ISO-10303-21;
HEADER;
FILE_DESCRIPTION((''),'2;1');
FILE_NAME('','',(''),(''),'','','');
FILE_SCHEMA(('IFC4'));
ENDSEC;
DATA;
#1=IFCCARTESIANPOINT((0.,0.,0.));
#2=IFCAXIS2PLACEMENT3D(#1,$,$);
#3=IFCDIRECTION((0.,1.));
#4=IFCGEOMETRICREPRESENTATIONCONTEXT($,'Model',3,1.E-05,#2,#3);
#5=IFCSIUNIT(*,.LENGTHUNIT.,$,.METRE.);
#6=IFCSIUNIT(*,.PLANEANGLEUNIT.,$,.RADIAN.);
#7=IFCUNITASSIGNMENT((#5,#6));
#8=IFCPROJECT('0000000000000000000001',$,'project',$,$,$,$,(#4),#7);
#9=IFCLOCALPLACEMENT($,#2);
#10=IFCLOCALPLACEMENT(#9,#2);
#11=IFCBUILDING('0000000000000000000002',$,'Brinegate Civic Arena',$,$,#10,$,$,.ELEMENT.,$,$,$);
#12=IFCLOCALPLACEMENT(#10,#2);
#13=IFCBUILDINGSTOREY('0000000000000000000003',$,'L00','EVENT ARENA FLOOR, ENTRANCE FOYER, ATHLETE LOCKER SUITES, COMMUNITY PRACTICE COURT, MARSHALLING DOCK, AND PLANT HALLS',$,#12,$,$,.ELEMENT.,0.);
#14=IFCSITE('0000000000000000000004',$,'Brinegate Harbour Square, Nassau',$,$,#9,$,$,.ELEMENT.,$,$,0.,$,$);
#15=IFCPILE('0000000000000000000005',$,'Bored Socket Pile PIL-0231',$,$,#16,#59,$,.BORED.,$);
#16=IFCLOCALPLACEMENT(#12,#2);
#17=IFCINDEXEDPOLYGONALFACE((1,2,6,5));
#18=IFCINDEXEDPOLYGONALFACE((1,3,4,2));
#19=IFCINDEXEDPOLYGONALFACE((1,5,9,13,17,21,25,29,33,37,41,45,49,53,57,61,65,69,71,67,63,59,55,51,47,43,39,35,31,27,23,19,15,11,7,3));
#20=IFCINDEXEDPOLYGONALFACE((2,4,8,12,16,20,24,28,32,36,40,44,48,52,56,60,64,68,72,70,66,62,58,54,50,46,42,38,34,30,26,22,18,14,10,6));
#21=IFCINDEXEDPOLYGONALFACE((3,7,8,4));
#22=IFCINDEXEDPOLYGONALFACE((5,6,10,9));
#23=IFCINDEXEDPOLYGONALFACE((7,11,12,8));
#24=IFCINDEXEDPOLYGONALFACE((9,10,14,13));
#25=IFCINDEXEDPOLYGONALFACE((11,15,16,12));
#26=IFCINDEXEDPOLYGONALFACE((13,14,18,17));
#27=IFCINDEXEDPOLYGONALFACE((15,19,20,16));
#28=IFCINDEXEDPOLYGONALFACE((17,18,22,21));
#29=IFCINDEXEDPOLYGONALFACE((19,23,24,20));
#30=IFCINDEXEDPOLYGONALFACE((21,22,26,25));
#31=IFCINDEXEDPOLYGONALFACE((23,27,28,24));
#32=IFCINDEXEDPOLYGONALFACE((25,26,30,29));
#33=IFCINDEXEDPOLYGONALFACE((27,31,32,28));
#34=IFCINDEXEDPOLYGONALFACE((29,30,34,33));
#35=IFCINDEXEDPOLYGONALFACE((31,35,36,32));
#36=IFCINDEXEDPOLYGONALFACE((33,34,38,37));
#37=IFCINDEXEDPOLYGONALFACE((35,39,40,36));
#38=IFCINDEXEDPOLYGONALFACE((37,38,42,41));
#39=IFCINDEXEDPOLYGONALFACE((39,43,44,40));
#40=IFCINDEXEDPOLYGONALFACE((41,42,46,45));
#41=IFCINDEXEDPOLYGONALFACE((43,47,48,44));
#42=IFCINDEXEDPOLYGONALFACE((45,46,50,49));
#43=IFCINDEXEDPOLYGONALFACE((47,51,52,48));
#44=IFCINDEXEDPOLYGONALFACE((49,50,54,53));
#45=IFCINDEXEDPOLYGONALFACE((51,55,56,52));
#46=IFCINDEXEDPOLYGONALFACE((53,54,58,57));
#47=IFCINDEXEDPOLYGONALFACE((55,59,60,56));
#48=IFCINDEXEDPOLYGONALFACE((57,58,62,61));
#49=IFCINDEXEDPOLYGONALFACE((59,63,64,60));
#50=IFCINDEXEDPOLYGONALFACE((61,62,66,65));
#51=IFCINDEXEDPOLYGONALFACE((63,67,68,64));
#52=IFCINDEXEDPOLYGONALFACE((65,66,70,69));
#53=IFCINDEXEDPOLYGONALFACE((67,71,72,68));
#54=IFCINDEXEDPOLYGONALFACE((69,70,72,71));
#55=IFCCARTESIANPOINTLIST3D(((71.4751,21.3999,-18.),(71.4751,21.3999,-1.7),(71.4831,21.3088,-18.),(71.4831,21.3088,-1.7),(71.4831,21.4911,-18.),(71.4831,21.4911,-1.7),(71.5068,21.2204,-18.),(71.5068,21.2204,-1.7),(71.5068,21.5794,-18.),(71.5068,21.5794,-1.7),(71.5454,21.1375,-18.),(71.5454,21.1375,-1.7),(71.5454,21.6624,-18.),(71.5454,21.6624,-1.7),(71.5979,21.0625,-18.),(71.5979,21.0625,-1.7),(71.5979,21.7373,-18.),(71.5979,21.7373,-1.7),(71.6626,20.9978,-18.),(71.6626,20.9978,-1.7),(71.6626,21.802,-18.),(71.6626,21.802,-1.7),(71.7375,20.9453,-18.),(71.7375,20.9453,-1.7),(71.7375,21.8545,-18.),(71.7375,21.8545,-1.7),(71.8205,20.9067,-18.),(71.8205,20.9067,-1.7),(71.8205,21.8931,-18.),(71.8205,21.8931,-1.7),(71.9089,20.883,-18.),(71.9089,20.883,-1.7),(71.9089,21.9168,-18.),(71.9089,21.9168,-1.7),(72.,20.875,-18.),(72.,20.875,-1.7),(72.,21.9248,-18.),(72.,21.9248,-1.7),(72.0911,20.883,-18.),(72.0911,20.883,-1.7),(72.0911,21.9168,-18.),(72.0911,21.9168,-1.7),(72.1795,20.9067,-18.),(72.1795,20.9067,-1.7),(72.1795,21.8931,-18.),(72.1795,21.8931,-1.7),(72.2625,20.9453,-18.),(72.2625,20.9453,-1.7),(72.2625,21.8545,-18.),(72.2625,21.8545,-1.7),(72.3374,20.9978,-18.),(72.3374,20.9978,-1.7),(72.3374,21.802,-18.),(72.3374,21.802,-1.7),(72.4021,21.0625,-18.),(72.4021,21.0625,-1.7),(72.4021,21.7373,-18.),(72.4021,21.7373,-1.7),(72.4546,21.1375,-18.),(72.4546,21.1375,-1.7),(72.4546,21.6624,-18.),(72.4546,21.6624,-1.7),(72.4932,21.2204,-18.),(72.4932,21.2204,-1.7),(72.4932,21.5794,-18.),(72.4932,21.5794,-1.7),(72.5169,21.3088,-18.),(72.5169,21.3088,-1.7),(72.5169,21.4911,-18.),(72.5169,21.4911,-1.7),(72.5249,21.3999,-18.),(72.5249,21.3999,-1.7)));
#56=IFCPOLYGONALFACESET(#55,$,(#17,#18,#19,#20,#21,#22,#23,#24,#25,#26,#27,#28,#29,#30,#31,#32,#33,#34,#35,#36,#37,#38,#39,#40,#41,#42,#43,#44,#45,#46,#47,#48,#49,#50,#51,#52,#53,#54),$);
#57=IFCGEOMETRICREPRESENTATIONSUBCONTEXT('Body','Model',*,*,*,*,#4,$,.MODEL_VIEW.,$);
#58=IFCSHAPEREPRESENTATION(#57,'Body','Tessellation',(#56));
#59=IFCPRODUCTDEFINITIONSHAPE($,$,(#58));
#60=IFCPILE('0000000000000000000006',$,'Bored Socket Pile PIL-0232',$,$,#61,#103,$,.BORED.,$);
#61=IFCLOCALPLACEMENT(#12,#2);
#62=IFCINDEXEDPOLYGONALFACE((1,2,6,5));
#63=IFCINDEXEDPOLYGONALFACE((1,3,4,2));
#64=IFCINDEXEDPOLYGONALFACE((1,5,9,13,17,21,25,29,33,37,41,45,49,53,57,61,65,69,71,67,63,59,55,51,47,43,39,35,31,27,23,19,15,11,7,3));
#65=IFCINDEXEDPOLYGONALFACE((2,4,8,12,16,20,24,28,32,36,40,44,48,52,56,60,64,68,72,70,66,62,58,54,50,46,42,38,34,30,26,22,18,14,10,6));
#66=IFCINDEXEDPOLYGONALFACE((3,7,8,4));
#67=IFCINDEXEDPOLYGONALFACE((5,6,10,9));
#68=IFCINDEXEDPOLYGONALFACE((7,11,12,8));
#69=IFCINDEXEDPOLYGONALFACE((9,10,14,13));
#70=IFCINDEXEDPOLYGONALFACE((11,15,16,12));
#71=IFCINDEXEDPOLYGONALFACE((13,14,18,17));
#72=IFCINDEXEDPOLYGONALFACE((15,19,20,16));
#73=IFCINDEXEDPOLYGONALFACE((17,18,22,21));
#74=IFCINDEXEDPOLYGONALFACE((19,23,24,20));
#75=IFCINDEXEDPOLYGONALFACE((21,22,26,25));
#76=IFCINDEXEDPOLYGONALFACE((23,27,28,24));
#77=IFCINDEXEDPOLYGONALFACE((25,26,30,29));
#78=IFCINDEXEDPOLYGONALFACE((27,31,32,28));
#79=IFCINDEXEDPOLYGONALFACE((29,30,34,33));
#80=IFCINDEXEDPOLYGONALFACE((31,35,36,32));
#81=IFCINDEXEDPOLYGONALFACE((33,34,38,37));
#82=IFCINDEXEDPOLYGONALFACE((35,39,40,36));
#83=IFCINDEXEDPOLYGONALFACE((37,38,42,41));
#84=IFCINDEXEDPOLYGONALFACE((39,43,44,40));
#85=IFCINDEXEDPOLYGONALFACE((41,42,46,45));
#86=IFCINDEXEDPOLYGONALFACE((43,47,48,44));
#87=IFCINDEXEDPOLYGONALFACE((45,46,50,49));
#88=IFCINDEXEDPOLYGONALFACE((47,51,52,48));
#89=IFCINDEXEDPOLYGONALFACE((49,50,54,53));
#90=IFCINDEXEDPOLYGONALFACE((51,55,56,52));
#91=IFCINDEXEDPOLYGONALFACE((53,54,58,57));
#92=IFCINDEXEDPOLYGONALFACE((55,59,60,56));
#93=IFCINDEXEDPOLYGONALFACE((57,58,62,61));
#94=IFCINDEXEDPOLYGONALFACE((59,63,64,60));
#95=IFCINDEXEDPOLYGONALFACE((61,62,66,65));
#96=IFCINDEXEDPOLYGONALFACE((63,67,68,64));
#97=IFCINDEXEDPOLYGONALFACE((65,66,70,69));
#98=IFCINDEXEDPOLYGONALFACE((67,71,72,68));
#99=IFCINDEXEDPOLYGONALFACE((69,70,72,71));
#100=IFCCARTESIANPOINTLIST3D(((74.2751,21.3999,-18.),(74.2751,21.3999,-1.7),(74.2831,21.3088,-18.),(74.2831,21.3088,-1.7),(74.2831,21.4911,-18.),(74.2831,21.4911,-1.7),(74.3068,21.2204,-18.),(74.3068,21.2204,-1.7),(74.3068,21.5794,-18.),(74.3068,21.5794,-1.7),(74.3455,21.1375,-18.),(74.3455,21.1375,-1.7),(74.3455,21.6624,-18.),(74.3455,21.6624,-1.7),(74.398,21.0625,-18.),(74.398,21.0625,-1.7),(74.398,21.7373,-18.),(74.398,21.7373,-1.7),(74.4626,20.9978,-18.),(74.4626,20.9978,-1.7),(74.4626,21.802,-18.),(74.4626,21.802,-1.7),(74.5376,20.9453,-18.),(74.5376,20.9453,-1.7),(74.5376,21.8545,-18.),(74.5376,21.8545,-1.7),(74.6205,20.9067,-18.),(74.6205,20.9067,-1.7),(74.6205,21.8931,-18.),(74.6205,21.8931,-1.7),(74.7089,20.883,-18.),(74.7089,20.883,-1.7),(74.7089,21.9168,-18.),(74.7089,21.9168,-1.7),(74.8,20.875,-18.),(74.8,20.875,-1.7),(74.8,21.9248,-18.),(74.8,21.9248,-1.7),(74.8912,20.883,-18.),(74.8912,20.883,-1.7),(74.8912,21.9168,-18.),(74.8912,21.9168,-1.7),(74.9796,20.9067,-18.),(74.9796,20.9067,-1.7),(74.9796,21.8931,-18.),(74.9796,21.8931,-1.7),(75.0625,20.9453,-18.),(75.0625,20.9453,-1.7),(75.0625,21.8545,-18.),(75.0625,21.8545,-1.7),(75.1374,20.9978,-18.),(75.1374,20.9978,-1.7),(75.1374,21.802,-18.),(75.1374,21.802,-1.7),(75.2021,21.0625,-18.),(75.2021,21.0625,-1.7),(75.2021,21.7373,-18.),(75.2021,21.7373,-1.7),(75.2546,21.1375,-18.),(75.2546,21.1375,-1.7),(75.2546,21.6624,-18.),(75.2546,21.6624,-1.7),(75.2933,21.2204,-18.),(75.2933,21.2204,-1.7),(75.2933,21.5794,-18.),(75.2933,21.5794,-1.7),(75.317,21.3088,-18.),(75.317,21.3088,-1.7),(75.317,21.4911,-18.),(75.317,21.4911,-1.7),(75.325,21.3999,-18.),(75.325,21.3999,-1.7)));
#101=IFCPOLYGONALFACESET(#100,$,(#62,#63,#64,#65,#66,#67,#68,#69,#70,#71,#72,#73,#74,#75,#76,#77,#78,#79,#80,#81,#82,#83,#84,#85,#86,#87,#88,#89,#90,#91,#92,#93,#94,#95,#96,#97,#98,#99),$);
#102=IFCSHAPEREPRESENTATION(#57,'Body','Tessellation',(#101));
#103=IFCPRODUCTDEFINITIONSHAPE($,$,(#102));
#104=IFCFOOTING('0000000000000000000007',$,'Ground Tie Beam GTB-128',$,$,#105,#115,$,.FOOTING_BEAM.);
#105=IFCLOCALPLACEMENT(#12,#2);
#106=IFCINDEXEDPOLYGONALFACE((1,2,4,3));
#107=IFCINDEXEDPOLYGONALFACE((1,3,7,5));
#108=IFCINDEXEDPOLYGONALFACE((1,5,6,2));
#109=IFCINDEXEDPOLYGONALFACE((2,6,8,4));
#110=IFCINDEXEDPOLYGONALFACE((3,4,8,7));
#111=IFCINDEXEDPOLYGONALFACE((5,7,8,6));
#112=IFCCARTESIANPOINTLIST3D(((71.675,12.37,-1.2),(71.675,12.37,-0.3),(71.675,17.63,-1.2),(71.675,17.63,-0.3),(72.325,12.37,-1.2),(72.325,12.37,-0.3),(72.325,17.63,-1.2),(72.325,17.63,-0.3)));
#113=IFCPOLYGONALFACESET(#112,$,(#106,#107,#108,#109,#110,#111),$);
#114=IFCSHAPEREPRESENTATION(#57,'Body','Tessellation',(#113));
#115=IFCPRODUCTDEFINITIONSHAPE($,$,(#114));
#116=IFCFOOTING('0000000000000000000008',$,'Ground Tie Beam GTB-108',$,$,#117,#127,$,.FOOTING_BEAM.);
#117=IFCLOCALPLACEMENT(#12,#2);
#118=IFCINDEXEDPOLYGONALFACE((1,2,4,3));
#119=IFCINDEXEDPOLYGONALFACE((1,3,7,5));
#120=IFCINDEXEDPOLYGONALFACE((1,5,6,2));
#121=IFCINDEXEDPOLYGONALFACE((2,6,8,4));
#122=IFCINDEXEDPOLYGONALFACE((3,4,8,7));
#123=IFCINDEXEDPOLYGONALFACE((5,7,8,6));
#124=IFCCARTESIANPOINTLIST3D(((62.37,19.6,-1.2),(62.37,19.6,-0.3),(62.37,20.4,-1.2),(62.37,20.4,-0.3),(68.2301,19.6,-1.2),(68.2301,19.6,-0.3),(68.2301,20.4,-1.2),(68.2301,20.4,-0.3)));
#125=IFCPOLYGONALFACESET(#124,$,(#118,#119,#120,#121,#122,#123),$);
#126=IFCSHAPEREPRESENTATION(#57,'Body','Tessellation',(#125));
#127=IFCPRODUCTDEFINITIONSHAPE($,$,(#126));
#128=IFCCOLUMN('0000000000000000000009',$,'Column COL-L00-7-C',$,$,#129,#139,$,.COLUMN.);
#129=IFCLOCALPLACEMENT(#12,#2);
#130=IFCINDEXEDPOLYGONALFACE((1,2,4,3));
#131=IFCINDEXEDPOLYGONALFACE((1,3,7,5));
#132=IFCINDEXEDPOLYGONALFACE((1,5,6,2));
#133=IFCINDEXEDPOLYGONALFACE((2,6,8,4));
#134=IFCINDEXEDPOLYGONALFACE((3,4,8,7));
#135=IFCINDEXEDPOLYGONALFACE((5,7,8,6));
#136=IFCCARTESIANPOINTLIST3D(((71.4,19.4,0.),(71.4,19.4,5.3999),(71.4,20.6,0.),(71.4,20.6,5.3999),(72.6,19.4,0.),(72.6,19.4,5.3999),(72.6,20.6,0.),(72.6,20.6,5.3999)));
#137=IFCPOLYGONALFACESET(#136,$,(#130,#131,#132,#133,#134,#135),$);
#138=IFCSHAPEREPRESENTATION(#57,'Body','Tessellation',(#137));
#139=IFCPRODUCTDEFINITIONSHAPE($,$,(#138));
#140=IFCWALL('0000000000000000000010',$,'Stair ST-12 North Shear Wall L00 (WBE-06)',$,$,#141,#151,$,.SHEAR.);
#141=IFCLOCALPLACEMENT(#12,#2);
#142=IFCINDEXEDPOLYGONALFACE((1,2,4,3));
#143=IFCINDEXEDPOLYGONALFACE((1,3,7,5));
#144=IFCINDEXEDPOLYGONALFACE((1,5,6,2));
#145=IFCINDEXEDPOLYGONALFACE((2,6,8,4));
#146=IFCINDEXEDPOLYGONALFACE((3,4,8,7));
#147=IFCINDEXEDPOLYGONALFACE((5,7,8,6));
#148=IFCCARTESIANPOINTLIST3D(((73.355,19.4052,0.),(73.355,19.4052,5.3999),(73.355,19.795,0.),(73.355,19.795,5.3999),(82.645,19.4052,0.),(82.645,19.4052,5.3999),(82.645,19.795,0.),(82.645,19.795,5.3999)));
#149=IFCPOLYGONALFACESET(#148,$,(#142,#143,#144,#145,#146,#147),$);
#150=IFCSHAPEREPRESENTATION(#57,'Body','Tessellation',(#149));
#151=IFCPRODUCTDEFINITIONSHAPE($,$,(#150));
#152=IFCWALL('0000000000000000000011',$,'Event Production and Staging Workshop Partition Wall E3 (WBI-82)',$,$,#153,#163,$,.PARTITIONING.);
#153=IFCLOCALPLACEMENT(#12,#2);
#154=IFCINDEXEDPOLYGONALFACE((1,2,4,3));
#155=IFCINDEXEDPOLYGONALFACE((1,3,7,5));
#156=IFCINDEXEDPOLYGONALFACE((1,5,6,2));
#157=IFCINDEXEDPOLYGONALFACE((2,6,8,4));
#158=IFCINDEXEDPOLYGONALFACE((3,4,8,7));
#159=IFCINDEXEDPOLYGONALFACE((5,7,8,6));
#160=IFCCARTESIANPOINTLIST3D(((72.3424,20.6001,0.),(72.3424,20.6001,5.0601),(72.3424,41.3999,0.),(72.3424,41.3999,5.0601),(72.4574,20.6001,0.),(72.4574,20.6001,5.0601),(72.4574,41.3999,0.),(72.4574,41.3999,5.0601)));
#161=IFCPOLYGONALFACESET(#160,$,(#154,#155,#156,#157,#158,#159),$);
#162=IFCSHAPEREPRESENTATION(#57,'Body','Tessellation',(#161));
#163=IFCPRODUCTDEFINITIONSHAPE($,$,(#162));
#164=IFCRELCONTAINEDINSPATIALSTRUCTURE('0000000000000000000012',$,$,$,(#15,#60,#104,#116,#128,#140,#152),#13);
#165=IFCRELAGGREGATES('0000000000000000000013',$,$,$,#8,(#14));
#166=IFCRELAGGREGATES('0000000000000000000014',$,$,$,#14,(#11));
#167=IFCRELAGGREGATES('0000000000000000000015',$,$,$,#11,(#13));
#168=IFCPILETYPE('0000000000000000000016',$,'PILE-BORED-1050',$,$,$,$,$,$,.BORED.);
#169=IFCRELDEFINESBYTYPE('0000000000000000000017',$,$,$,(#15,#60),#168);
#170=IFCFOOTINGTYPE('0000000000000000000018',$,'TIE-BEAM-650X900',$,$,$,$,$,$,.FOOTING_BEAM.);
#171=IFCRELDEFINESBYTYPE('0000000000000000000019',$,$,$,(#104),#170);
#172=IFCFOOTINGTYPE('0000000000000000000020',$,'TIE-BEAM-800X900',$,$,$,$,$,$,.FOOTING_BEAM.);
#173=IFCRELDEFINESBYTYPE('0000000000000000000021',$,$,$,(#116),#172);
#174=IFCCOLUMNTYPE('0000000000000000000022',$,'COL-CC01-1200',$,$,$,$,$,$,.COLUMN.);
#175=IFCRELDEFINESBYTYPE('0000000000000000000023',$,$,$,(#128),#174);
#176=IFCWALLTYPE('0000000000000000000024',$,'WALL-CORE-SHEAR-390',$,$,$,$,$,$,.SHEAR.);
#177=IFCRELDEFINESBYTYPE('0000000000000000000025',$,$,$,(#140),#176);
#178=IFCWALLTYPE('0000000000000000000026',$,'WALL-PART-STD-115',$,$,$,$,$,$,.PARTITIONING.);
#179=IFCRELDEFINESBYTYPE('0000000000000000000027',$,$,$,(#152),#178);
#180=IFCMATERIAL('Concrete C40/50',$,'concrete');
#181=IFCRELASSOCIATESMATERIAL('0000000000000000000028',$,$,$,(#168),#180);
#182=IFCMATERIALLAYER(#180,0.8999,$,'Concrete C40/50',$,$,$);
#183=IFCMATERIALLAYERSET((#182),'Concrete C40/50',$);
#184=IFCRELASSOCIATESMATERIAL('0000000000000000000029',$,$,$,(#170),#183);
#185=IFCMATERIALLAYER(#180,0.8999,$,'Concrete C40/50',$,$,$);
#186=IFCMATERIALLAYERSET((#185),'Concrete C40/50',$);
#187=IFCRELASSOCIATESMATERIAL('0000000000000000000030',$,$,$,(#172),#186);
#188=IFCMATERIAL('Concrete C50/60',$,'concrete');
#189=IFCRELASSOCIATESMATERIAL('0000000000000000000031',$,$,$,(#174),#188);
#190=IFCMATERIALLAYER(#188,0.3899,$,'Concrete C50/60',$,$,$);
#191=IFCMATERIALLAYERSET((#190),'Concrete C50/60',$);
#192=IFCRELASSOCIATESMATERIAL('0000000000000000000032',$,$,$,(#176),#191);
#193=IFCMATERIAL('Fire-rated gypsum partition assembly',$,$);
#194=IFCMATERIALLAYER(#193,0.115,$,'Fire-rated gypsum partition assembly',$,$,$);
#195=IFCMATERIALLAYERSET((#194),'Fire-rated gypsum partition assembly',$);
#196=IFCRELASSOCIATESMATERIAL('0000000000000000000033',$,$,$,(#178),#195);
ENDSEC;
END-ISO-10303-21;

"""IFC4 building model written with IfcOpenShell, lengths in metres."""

from ifc_helpers import new_model, si_unit, direction, frame, frame_2d, origin, origin_2d, place, context, subcontext, project, spatial, rectangle, circle, extrude, material, layer, layer_set, material_profile, profile_set, type_object, element, save


model = new_model("IFC4")

# Units and contexts
model_context = context("Model", 3, precision=1e-05, world=origin(), true_north=direction((0.0, 1.0)))
body_context = subcontext(model_context, "Body", "Model", "MODEL_VIEW")
ifc_project = project(units=[si_unit("LENGTHUNIT", "METRE"), si_unit("PLANEANGLEUNIT", "RADIAN")], contexts=[model_context])

# Site, building, storey
site_placement = place(None, origin())
site = spatial("IfcSite", under=ifc_project, at=site_placement, Name="Brinegate Harbour Square, Nassau", CompositionType="ELEMENT", RefElevation=0.0)
building_placement = place(site_placement, origin())
building = spatial("IfcBuilding", under=site, at=building_placement, Name="Brinegate Civic Arena", CompositionType="ELEMENT")
storey_placement = place(building_placement, origin())
storey = spatial("IfcBuildingStorey", under=building, at=storey_placement, Name="L00", Description="EVENT ARENA FLOOR, ENTRANCE FOYER, ATHLETE LOCKER SUITES, COMMUNITY PRACTICE COURT, MARSHALLING DOCK, AND PLANT HALLS", CompositionType="ELEMENT", Elevation=0.0)

# Shared definitions
ifc_material_1 = material(Name="Concrete C40/50", Category="concrete")

# Piles
ifc_material_profile_1 = material_profile(ifc_material_1, circle(Radius=0.5249, at=origin_2d()), Name="PILED1050")
ifc_profile_set_1 = profile_set([ifc_material_profile_1], Name="Concrete C40/50")
pile_type = type_object("IfcPileType", Name="PILE-BORED-1050", PredefinedType="BORED", material=ifc_profile_set_1)
for number, where, z_axis, x_axis, name in (
    (1, (72.0, 21.3999, -1.7), (0.0, 0.0, -1.0), (1.0, 0.0, 0.0), "Bored Socket Pile PIL-0231"),
    (2, (74.8, 21.3999, -1.7), (0.0, 0.0, -1.0), (1.0, 0.0, 0.0), "Bored Socket Pile PIL-0232"),
):
    element("IfcPile", number, at=place(storey_placement, frame(where, z_axis=z_axis, x_axis=x_axis)), inside=storey, type_object=pile_type, Name=name, PredefinedType="BORED", context=body_context, shape_type="SweptSolid", body=[
        extrude(circle(Radius=0.5249, at=origin_2d()), origin(), (0.0, 0.0, 1.0), 16.3),
    ])

# Footings
ifc_layer_1 = layer(ifc_material_1, 0.8999, Name="Concrete C40/50")
ifc_layer_set_1 = layer_set([ifc_layer_1], Name="Concrete C40/50")
footing_type_1 = type_object("IfcFootingType", Name="TIE-BEAM-650X900", PredefinedType="FOOTING_BEAM", material=ifc_layer_set_1)
footing_1_placement = place(storey_placement, frame((72.0, 15.0, -1.2), z_axis=(0.0, 0.0, 1.0), x_axis=(0.0, 1.0, 0.0)))
element("IfcFooting", 3, at=footing_1_placement, inside=storey, type_object=footing_type_1, Name="Ground Tie Beam GTB-128", PredefinedType="FOOTING_BEAM", context=body_context, shape_type="SweptSolid", body=[
    extrude(rectangle(XDim=5.26, YDim=0.6499, at=origin_2d()), origin(), (0.0, 0.0, 1.0), 0.8999),
])
ifc_layer_2 = layer(ifc_material_1, 0.8999, Name="Concrete C40/50")
ifc_layer_set_2 = layer_set([ifc_layer_2], Name="Concrete C40/50")
footing_type_2 = type_object("IfcFootingType", Name="TIE-BEAM-800X900", PredefinedType="FOOTING_BEAM", material=ifc_layer_set_2)
footing_2_placement = place(storey_placement, frame((65.3, 20.0, -1.2), z_axis=(0.0, 0.0, 1.0), x_axis=(1.0, 0.0, 0.0)))
element("IfcFooting", 4, at=footing_2_placement, inside=storey, type_object=footing_type_2, Name="Ground Tie Beam GTB-108", PredefinedType="FOOTING_BEAM", context=body_context, shape_type="SweptSolid", body=[
    extrude(rectangle(XDim=5.8601, YDim=0.8, at=origin_2d()), origin(), (0.0, 0.0, 1.0), 0.8999),
])

# Column
ifc_material_2 = material(Name="Concrete C50/60", Category="concrete")
ifc_material_profile_2 = material_profile(ifc_material_2, rectangle(XDim=1.2, YDim=1.2, at=origin_2d()), Name="RC1200X1200")
ifc_profile_set_2 = profile_set([ifc_material_profile_2], Name="Concrete C50/60")
column_type = type_object("IfcColumnType", Name="COL-CC01-1200", PredefinedType="COLUMN", material=ifc_profile_set_2)
column_placement = place(storey_placement, frame((72.0, 20.0, 0.0), z_axis=(0.0, 0.0, 1.0), x_axis=(1.0, 0.0, 0.0)))
element("IfcColumn", 5, at=column_placement, inside=storey, type_object=column_type, Name="Column COL-L00-7-C", PredefinedType="COLUMN", context=body_context, shape_type="SweptSolid", body=[
    extrude(rectangle(XDim=1.2, YDim=1.2, at=origin_2d()), origin(), (0.0, 0.0, 1.0), 5.3999),
])

# Walls
ifc_layer_3 = layer(ifc_material_2, 0.3899, Name="Concrete C50/60")
ifc_layer_set_3 = layer_set([ifc_layer_3], Name="Concrete C50/60")
wall_type_1 = type_object("IfcWallType", Name="WALL-CORE-SHEAR-390", PredefinedType="SHEAR", material=ifc_layer_set_3)
wall_1_placement = place(storey_placement, frame((73.355, 19.6001, 0.0), z_axis=(0.0, 0.0, 1.0), x_axis=(1.0, 0.0, 0.0)))
element("IfcWall", 6, at=wall_1_placement, inside=storey, type_object=wall_type_1, Name="Stair ST-12 North Shear Wall L00 (WBE-06)", PredefinedType="SHEAR", context=body_context, shape_type="SweptSolid", body=[
    extrude(rectangle(XDim=9.29, YDim=0.3899, at=frame_2d((4.645, 0.0))), origin(), (0.0, 0.0, 1.0), 5.3999),
])
ifc_material_3 = material(Name="Fire-rated gypsum partition assembly")
ifc_layer_4 = layer(ifc_material_3, 0.115, Name="Fire-rated gypsum partition assembly")
ifc_layer_set_4 = layer_set([ifc_layer_4], Name="Fire-rated gypsum partition assembly")
wall_type_2 = type_object("IfcWallType", Name="WALL-PART-STD-115", PredefinedType="PARTITIONING", material=ifc_layer_set_4)
wall_2_placement = place(storey_placement, frame((72.3999, 20.6001, 0.0), z_axis=(0.0, 0.0, 1.0), x_axis=(0.0, 1.0, 0.0)))
element("IfcWall", 7, at=wall_2_placement, inside=storey, type_object=wall_type_2, Name="Event Production and Staging Workshop Partition Wall E3 (WBI-82)", PredefinedType="PARTITIONING", context=body_context, shape_type="SweptSolid", body=[
    extrude(rectangle(XDim=20.7998, YDim=0.115, at=frame_2d((10.3999, 0.0))), origin(), (0.0, 0.0, 1.0), 5.0601),
])

save(model, "model.ifc")
